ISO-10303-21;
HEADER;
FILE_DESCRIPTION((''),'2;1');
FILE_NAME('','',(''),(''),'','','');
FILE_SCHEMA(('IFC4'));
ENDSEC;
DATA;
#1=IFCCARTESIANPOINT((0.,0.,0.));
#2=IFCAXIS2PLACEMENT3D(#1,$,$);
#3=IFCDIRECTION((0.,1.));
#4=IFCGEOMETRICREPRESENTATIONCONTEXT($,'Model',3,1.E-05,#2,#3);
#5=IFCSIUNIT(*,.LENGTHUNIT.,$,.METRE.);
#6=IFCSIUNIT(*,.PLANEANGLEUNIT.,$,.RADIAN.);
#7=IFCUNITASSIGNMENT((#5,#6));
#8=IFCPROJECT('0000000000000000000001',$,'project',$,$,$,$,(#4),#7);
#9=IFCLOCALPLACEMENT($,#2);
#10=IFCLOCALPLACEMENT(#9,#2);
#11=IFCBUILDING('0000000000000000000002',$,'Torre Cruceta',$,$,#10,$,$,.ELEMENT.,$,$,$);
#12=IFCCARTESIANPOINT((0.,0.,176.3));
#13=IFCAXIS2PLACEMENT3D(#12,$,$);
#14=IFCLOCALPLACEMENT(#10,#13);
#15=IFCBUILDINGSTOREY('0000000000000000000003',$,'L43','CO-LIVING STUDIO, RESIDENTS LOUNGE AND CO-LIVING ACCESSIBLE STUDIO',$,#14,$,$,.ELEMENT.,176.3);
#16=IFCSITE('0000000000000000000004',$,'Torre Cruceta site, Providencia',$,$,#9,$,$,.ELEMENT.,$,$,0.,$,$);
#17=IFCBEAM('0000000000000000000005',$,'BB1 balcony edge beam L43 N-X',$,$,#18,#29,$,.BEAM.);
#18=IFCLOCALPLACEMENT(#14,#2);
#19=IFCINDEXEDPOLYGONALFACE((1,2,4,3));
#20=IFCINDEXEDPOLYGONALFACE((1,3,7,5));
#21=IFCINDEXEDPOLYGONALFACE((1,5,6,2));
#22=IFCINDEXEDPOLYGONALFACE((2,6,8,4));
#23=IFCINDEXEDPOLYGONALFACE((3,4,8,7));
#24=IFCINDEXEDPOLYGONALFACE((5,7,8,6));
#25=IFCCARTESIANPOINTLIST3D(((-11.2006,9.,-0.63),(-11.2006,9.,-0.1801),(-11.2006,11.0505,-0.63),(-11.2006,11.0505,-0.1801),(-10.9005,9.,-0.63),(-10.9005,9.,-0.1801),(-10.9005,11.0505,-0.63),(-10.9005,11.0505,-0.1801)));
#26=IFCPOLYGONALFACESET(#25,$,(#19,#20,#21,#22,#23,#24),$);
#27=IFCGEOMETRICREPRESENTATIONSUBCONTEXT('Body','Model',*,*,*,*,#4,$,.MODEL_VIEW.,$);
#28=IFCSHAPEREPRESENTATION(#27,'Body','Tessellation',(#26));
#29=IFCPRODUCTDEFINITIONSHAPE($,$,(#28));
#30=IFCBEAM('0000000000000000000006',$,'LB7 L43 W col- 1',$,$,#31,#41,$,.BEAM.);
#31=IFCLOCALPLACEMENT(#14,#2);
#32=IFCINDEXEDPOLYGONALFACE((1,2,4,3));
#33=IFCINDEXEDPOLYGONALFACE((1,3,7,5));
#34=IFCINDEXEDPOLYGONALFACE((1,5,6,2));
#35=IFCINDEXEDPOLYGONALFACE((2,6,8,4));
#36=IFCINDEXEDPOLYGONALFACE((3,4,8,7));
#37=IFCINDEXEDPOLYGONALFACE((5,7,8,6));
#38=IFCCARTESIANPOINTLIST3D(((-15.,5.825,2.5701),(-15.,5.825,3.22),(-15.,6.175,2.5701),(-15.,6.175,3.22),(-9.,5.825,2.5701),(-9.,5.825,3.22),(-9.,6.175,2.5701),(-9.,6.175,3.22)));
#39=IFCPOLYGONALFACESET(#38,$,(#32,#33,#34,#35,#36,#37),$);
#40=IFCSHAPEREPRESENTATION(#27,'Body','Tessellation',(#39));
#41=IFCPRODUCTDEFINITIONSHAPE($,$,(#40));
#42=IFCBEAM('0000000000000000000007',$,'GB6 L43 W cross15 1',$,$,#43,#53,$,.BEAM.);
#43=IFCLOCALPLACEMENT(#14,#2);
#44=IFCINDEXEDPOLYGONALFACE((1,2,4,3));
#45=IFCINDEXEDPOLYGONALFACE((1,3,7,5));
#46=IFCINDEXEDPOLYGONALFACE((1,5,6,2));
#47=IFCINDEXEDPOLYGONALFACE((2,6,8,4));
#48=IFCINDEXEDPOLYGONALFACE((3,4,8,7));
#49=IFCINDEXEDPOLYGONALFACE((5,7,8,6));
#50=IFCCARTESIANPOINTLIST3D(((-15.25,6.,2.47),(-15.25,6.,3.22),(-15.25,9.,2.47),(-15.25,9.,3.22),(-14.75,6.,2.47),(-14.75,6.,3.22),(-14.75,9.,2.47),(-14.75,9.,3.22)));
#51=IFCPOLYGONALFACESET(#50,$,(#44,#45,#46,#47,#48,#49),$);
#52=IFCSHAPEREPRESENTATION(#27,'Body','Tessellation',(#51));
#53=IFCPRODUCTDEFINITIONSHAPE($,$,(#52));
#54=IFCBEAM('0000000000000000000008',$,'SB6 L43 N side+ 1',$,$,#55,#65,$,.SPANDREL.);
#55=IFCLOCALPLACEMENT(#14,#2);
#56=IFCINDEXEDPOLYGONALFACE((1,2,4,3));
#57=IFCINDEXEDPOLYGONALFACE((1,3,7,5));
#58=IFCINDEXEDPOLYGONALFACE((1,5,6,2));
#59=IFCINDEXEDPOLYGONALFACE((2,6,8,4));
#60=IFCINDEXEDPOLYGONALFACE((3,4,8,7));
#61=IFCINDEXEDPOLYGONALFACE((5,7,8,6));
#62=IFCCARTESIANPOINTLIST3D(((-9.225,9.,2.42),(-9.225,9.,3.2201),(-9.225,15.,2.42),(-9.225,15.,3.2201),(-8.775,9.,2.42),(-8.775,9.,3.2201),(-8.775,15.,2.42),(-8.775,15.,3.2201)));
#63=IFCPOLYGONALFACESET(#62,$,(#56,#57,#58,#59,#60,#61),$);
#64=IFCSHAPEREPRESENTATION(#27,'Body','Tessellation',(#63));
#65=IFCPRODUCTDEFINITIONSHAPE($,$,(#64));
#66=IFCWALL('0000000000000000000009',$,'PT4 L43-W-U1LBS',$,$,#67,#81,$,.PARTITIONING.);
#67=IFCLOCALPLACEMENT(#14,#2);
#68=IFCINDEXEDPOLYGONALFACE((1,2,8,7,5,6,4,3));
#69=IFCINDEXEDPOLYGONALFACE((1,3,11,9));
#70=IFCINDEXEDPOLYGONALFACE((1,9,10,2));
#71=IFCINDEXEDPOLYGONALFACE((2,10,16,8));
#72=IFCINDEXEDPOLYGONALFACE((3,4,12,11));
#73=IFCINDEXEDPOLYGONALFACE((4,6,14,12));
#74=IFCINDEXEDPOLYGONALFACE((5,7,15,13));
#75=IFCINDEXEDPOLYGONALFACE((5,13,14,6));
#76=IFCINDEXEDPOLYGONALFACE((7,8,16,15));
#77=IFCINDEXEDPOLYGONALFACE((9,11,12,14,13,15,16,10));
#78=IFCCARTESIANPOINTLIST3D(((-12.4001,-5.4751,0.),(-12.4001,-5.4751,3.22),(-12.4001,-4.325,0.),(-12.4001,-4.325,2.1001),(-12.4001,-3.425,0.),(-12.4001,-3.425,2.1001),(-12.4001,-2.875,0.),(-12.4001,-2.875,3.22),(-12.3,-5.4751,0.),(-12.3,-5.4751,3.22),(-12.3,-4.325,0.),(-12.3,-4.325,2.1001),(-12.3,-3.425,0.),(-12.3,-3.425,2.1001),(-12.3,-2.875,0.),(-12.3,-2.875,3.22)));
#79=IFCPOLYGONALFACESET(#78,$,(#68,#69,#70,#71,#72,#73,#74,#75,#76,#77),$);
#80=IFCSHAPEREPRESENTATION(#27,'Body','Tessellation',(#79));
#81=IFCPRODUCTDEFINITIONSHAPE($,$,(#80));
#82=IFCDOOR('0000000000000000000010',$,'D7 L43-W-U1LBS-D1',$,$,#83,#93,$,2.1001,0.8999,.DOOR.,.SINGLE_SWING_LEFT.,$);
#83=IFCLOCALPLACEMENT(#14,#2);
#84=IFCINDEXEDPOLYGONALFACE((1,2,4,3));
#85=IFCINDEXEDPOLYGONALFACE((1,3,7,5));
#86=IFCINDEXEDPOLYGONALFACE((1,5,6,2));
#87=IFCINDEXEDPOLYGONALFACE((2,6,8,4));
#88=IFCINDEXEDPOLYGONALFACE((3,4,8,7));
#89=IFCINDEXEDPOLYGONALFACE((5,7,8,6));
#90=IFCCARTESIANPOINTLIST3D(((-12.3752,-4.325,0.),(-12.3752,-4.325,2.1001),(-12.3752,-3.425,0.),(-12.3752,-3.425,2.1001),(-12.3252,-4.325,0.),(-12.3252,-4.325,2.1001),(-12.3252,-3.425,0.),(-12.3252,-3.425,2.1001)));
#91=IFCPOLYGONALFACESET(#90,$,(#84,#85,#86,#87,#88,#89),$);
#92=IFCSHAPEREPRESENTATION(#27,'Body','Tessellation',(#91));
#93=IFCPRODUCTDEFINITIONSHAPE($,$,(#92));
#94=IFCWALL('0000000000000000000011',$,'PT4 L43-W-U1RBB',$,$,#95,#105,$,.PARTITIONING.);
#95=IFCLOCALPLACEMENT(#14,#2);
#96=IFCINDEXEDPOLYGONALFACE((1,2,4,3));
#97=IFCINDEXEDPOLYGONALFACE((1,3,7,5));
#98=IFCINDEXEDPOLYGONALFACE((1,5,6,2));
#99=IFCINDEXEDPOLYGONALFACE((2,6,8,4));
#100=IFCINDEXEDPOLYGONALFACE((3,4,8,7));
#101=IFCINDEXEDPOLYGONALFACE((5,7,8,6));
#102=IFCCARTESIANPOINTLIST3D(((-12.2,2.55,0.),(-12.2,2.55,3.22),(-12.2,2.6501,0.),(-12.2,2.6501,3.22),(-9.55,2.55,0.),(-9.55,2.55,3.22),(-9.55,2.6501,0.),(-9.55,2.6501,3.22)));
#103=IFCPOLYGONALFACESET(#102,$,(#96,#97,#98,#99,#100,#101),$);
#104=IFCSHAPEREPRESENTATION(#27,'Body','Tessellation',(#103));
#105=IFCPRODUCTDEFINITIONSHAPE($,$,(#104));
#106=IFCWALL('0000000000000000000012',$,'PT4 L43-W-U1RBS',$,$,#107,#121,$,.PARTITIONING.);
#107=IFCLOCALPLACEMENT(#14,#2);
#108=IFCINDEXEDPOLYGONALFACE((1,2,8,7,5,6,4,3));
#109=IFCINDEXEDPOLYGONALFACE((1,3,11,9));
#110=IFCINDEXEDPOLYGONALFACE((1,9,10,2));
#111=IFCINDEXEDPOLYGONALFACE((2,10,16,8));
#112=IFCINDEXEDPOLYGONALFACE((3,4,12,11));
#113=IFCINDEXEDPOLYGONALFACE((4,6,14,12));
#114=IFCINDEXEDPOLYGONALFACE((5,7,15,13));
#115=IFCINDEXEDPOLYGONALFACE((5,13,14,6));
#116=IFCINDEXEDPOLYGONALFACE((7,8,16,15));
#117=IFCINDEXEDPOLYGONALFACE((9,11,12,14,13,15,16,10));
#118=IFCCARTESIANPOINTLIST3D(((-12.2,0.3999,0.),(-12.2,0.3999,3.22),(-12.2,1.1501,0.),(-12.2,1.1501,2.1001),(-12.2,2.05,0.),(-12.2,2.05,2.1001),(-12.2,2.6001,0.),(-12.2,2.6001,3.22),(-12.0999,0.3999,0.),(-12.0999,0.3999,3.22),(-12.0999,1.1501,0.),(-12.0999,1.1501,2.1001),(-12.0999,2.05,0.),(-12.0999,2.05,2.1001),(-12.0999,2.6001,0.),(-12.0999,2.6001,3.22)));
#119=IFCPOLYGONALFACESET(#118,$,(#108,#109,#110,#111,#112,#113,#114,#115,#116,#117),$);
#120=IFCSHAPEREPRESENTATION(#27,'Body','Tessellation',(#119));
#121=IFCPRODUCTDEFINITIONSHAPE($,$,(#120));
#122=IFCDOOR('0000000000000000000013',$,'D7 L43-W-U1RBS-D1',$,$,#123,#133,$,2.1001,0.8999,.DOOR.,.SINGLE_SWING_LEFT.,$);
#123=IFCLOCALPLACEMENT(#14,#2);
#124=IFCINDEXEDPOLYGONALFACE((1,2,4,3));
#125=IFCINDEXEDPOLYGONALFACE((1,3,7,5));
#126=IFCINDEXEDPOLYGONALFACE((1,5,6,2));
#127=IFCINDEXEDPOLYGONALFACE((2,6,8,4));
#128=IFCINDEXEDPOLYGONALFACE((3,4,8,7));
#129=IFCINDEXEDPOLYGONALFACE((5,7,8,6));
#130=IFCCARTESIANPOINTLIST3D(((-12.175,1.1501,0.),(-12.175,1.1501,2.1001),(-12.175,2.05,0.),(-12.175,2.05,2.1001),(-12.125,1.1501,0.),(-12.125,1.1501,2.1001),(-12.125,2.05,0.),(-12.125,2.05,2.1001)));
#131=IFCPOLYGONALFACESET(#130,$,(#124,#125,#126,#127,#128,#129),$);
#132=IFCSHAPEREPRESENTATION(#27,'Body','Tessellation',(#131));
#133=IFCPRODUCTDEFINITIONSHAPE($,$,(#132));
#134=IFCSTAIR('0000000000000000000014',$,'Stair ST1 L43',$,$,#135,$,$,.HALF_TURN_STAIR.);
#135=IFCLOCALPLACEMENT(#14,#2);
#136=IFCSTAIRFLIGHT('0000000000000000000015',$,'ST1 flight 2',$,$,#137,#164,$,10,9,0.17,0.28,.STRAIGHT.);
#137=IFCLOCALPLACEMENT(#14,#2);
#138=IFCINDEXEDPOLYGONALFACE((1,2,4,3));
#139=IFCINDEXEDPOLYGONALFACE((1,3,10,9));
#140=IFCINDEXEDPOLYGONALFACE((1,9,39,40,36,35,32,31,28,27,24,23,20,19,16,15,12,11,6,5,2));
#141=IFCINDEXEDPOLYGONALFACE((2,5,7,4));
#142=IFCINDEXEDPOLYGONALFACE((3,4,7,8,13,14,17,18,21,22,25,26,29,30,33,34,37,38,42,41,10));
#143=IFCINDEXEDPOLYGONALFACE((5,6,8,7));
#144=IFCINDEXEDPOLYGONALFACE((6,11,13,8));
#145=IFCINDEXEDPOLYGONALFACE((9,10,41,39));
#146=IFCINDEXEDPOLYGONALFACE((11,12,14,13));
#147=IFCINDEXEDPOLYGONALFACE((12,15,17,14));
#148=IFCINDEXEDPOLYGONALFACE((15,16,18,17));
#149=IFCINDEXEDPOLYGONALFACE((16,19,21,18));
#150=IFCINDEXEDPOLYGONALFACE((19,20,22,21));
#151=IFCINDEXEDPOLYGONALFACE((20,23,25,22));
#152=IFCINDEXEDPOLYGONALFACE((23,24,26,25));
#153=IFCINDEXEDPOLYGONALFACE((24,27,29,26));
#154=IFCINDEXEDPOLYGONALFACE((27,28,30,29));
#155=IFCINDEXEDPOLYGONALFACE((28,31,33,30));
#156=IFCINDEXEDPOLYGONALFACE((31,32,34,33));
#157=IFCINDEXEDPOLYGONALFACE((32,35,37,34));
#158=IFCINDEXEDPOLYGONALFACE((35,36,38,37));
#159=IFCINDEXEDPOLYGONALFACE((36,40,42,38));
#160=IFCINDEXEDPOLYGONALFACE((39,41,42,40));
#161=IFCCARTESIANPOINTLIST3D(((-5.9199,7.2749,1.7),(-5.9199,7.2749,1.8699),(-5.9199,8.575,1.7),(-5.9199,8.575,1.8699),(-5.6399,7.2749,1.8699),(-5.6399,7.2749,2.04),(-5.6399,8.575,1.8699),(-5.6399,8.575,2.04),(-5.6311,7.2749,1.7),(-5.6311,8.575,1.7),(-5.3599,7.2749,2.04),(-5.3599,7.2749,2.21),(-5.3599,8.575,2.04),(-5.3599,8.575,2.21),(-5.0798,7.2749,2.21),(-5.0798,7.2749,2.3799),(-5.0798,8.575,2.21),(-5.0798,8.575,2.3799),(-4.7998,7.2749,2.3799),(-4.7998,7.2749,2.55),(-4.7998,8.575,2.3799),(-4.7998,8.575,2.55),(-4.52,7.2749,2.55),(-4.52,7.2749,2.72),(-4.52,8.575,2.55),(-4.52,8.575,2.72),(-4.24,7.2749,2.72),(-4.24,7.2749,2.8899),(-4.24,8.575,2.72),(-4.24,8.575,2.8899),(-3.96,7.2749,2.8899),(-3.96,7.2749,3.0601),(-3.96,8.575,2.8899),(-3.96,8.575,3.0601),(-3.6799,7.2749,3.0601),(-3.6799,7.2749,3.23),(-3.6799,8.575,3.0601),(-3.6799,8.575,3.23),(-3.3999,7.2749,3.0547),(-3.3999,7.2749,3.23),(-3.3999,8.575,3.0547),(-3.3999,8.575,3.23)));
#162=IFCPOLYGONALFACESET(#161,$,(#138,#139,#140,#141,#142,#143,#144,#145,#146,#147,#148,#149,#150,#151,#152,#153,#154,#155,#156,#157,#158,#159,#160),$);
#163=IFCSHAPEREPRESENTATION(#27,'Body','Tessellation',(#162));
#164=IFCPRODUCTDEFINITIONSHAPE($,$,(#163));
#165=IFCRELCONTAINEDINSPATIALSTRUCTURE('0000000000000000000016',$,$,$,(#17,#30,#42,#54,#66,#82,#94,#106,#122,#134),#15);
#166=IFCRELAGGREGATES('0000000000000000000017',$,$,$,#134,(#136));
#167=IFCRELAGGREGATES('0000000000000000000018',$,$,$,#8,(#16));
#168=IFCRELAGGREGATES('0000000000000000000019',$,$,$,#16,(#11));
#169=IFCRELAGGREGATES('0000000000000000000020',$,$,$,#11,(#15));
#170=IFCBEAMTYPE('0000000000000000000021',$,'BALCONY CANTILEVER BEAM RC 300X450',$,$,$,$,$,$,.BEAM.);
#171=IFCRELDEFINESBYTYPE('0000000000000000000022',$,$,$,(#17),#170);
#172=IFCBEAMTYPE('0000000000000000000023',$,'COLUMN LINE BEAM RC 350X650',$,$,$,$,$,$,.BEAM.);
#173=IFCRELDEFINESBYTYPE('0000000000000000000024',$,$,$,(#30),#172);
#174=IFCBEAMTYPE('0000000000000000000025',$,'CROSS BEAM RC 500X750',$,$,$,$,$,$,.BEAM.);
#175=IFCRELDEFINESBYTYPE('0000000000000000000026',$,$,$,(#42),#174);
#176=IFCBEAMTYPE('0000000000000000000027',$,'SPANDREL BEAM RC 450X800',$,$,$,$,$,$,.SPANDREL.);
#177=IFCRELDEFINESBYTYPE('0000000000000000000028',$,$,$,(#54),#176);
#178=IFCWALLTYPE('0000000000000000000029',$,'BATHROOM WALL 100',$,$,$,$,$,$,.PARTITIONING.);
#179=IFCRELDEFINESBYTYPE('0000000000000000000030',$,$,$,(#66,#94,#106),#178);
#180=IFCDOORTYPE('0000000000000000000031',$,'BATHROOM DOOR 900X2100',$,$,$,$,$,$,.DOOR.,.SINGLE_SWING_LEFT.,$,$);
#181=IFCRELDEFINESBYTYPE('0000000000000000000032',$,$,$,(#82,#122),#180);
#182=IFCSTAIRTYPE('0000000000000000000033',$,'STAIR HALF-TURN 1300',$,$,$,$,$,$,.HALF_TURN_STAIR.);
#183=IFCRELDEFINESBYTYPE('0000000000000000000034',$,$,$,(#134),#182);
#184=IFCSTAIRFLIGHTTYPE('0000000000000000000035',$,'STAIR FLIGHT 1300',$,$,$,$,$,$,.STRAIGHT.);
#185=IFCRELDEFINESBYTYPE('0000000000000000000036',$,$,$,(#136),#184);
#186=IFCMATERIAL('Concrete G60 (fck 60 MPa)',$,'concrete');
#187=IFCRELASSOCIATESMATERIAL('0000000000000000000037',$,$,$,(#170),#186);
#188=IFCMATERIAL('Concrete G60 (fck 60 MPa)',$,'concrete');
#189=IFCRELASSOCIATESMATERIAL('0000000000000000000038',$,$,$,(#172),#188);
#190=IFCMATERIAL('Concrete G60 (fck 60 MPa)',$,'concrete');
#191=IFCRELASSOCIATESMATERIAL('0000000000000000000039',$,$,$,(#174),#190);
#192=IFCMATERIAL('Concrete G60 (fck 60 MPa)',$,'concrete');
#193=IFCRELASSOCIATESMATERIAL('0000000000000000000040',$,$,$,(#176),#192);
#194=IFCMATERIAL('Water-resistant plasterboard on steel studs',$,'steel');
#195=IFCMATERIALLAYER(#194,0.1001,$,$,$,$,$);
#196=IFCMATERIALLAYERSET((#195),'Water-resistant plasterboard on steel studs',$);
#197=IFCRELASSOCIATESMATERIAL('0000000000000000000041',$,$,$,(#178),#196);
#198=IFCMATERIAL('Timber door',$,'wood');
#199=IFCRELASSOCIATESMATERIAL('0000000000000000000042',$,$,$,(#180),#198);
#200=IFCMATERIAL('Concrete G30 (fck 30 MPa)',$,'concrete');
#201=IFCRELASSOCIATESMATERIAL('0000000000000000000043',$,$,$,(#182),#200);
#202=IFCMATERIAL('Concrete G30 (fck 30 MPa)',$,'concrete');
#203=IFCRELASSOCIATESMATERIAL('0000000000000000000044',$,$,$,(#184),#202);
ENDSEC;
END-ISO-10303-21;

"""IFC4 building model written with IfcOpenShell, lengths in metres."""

from ifc_helpers import new_model, si_unit, direction, frame, frame_2d, origin, origin_2d, place, context, subcontext, project, spatial, polyline, rectangle, outline, extrude, material, layer, layer_set, material_profile, profile_set, type_object, element, fill, aggregate, save


model = new_model("IFC4")

# Units and contexts
model_context = context("Model", 3, precision=1e-05, world=origin(), true_north=direction((0.0, 1.0)))
body_context = subcontext(model_context, "Body", "Model", "MODEL_VIEW")
ifc_project = project(units=[si_unit("LENGTHUNIT", "METRE"), si_unit("PLANEANGLEUNIT", "RADIAN")], contexts=[model_context])

# Site, building, storey
site_placement = place(None, origin())
site = spatial("IfcSite", under=ifc_project, at=site_placement, Name="Torre Cruceta site, Providencia", CompositionType="ELEMENT", RefElevation=0.0)
building_placement = place(site_placement, origin())
building = spatial("IfcBuilding", under=site, at=building_placement, Name="Torre Cruceta", CompositionType="ELEMENT")
storey_placement = place(building_placement, frame((0.0, 0.0, 176.3)))
storey = spatial("IfcBuildingStorey", under=building, at=storey_placement, Name="L43", Description="CO-LIVING STUDIO, RESIDENTS LOUNGE AND CO-LIVING ACCESSIBLE STUDIO", CompositionType="ELEMENT", Elevation=176.3)

# Beams
ifc_material_1 = material(Name="Concrete G60 (fck 60 MPa)", Category="concrete")
ifc_material_profile_1 = material_profile(ifc_material_1, rectangle(XDim=0.3, YDim=0.45, at=origin_2d()), Name="RC 300X450")
ifc_profile_set_1 = profile_set([ifc_material_profile_1], Name="Concrete G60 (fck 60 MPa)")
beam_type_1 = type_object("IfcBeamType", Name="BALCONY CANTILEVER BEAM RC 300X450", PredefinedType="BEAM", material=ifc_profile_set_1)
beam_1_placement = place(storey_placement, frame((-11.0505, 9.0, -0.405), z_axis=(0.0, 1.0, 0.0), x_axis=(-1.0, 0.0, 0.0)))
element("IfcBeam", 1, at=beam_1_placement, inside=storey, type_object=beam_type_1, Name="BB1 balcony edge beam L43 N-X", PredefinedType="BEAM", context=body_context, shape_type="SweptSolid", body=[
    extrude(rectangle(XDim=0.3, YDim=0.45, at=origin_2d()), origin(), (0.0, 0.0, 1.0), 2.0505),
])
ifc_material_2 = material(Name="Concrete G60 (fck 60 MPa)", Category="concrete")
ifc_material_profile_2 = material_profile(ifc_material_2, rectangle(XDim=0.3501, YDim=0.6499, at=origin_2d()), Name="RC 350X650")
ifc_profile_set_2 = profile_set([ifc_material_profile_2], Name="Concrete G60 (fck 60 MPa)")
beam_type_2 = type_object("IfcBeamType", Name="COLUMN LINE BEAM RC 350X650", PredefinedType="BEAM", material=ifc_profile_set_2)
beam_2_placement = place(storey_placement, frame((-9.0, 6.0, 2.895), z_axis=(-1.0, 0.0, 0.0), x_axis=(0.0, -1.0, 0.0)))
element("IfcBeam", 2, at=beam_2_placement, inside=storey, type_object=beam_type_2, Name="LB7 L43 W col- 1", PredefinedType="BEAM", context=body_context, shape_type="SweptSolid", body=[
    extrude(rectangle(XDim=0.3501, YDim=0.6499, at=origin_2d()), origin(), (0.0, 0.0, 1.0), 6.0),
])
ifc_material_3 = material(Name="Concrete G60 (fck 60 MPa)", Category="concrete")
ifc_material_profile_3 = material_profile(ifc_material_3, rectangle(XDim=0.5, YDim=0.75, at=origin_2d()), Name="RC 500X750")
ifc_profile_set_3 = profile_set([ifc_material_profile_3], Name="Concrete G60 (fck 60 MPa)")
beam_type_3 = type_object("IfcBeamType", Name="CROSS BEAM RC 500X750", PredefinedType="BEAM", material=ifc_profile_set_3)
beam_3_placement = place(storey_placement, frame((-15.0, 9.0, 2.845), z_axis=(0.0, -1.0, 0.0), x_axis=(1.0, 0.0, 0.0)))
element("IfcBeam", 3, at=beam_3_placement, inside=storey, type_object=beam_type_3, Name="GB6 L43 W cross15 1", PredefinedType="BEAM", context=body_context, shape_type="SweptSolid", body=[
    extrude(rectangle(XDim=0.5, YDim=0.75, at=origin_2d()), origin(), (0.0, 0.0, 1.0), 3.0),
])
ifc_material_4 = material(Name="Concrete G60 (fck 60 MPa)", Category="concrete")
ifc_material_profile_4 = material_profile(ifc_material_4, rectangle(XDim=0.45, YDim=0.8, at=origin_2d()), Name="RC 450X800")
ifc_profile_set_4 = profile_set([ifc_material_profile_4], Name="Concrete G60 (fck 60 MPa)")
beam_type_4 = type_object("IfcBeamType", Name="SPANDREL BEAM RC 450X800", PredefinedType="SPANDREL", material=ifc_profile_set_4)
beam_4_placement = place(storey_placement, frame((-9.0, 9.0, 2.8201), z_axis=(0.0, 1.0, 0.0), x_axis=(-1.0, 0.0, 0.0)))
element("IfcBeam", 4, at=beam_4_placement, inside=storey, type_object=beam_type_4, Name="SB6 L43 N side+ 1", PredefinedType="SPANDREL", context=body_context, shape_type="SweptSolid", body=[
    extrude(rectangle(XDim=0.45, YDim=0.8, at=origin_2d()), origin(), (0.0, 0.0, 1.0), 6.0),
])

# Wall, opening, door
ifc_material_5 = material(Name="Water-resistant plasterboard on steel studs", Category="steel")
ifc_layer_1 = layer(ifc_material_5, 0.1001)
ifc_layer_set_1 = layer_set([ifc_layer_1], Name="Water-resistant plasterboard on steel studs")
wall_type_1 = type_object("IfcWallType", Name="BATHROOM WALL 100", PredefinedType="PARTITIONING", material=ifc_layer_set_1)
wall_1_placement = place(storey_placement, frame((-12.3501, -2.875, 0.0), z_axis=(0.0, 0.0, 1.0), x_axis=(0.0, -1.0, 0.0)))
wall_1 = element("IfcWall", 5, at=wall_1_placement, inside=storey, type_object=wall_type_1, Name="PT4 L43-W-U1LBS", PredefinedType="PARTITIONING", context=body_context, shape_type="SweptSolid", body=[
    extrude(rectangle(XDim=2.6001, YDim=0.1001, at=frame_2d((1.3, 0.0))), origin(), (0.0, 0.0, 1.0), 3.22),
])
opening_1_placement = place(wall_1_placement, frame((0.55, 0.0, 0.0)))
opening_1 = element("IfcOpeningElement", 6, at=opening_1_placement, cuts=wall_1, PredefinedType="OPENING", context=body_context, shape_type="SweptSolid", body=[
    extrude(rectangle(XDim=0.8999, YDim=2.1001, at=frame_2d((0.45, 1.05))), frame((0.0, 0.0601, 0.0), z_axis=(0.0, -1.0, 0.0), x_axis=(1.0, 0.0, 0.0)), (0.0, 0.0, 1.0), 0.1201),
])
ifc_material_6 = material(Name="Timber door", Category="wood")
door_type_1 = type_object("IfcDoorType", Name="BATHROOM DOOR 900X2100", OperationType="SINGLE_SWING_LEFT", PredefinedType="DOOR", material=ifc_material_6)
door_1_placement = place(opening_1_placement, origin())
door_1 = element("IfcDoor", 7, at=door_1_placement, inside=storey, type_object=door_type_1, Name="D7 L43-W-U1LBS-D1", OperationType="SINGLE_SWING_LEFT", OverallHeight=2.1001, OverallWidth=0.8999, PredefinedType="DOOR", context=body_context, shape_type="SweptSolid", body=[
    extrude(rectangle(XDim=0.8999, YDim=2.1001, at=frame_2d((0.45, 1.05))), frame((0.0, 0.0249, 0.0), z_axis=(0.0, -1.0, 0.0), x_axis=(1.0, 0.0, 0.0)), (0.0, 0.0, 1.0), 0.05),
])
fill(opening_1, door_1)

# Wall
wall_2_placement = place(storey_placement, frame((-9.55, 2.6001, 0.0), z_axis=(0.0, 0.0, 1.0), x_axis=(-1.0, 0.0, 0.0)))
element("IfcWall", 8, at=wall_2_placement, inside=storey, type_object=wall_type_1, Name="PT4 L43-W-U1RBB", PredefinedType="PARTITIONING", context=body_context, shape_type="SweptSolid", body=[
    extrude(rectangle(XDim=2.6499, YDim=0.1001, at=frame_2d((1.325, 0.0))), origin(), (0.0, 0.0, 1.0), 3.22),
])

# Wall, opening, door
wall_3_placement = place(storey_placement, frame((-12.1499, 2.6001, 0.0), z_axis=(0.0, 0.0, 1.0), x_axis=(0.0, -1.0, 0.0)))
wall_3 = element("IfcWall", 9, at=wall_3_placement, inside=storey, type_object=wall_type_1, Name="PT4 L43-W-U1RBS", PredefinedType="PARTITIONING", context=body_context, shape_type="SweptSolid", body=[
    extrude(rectangle(XDim=2.2002, YDim=0.1001, at=frame_2d((1.1001, 0.0))), origin(), (0.0, 0.0, 1.0), 3.22),
])
opening_2_placement = place(wall_3_placement, frame((0.55, 0.0, 0.0)))
opening_2 = element("IfcOpeningElement", 10, at=opening_2_placement, cuts=wall_3, PredefinedType="OPENING", context=body_context, shape_type="SweptSolid", body=[
    extrude(rectangle(XDim=0.8999, YDim=2.1001, at=frame_2d((0.45, 1.05))), frame((0.0, 0.0601, 0.0), z_axis=(0.0, -1.0, 0.0), x_axis=(1.0, 0.0, 0.0)), (0.0, 0.0, 1.0), 0.1201),
])
door_2_placement = place(opening_2_placement, origin())
door_2 = element("IfcDoor", 11, at=door_2_placement, inside=storey, type_object=door_type_1, Name="D7 L43-W-U1RBS-D1", OperationType="SINGLE_SWING_LEFT", OverallHeight=2.1001, OverallWidth=0.8999, PredefinedType="DOOR", context=body_context, shape_type="SweptSolid", body=[
    extrude(rectangle(XDim=0.8999, YDim=2.1001, at=frame_2d((0.45, 1.05))), frame((0.0, 0.0249, 0.0), z_axis=(0.0, -1.0, 0.0), x_axis=(1.0, 0.0, 0.0)), (0.0, 0.0, 1.0), 0.05),
])
fill(opening_2, door_2)

# Stair, stair flight
ifc_material_7 = material(Name="Concrete G30 (fck 30 MPa)", Category="concrete")
stair_type = type_object("IfcStairType", Name="STAIR HALF-TURN 1300", PredefinedType="HALF_TURN_STAIR", material=ifc_material_7)
stair_placement = place(storey_placement, origin())
stair = element("IfcStair", 12, at=stair_placement, inside=storey, type_object=stair_type, Name="Stair ST1 L43", PredefinedType="HALF_TURN_STAIR")
ifc_material_8 = material(Name="Concrete G30 (fck 30 MPa)", Category="concrete")
stair_flight_type = type_object("IfcStairFlightType", Name="STAIR FLIGHT 1300", PredefinedType="STRAIGHT", material=ifc_material_8)
stair_flight_placement = place(storey_placement, frame((-5.9199, 7.925, 1.7), z_axis=(0.0, 0.0, 1.0), x_axis=(1.0, 0.0, 0.0)))
stair_flight = element("IfcStairFlight", 13, at=stair_flight_placement, type_object=stair_flight_type, Name="ST1 flight 2", NumberOfRisers=10, NumberOfTreads=9, PredefinedType="STRAIGHT", RiserHeight=0.17, TreadLength=0.28, context=body_context, shape_type="SweptSolid", body=[
    extrude(outline(polyline([(0.0, 0.0), (0.0, 0.1699), (0.28, 0.1699), (0.28, 0.3401), (0.5601, 0.3401), (0.5601, 0.51), (0.8401, 0.51), (0.8401, 0.6799), (1.1201, 0.6799), (1.1201, 0.8501), (1.3999, 0.8501), (1.3999, 1.02), (1.6799, 1.02), (1.6799, 1.1899), (1.96, 1.1899), (1.96, 1.3601), (2.24, 1.3601), (2.24, 1.53), (2.52, 1.53), (2.52, 1.7), (2.52, 1.3547), (0.2888, 0.0), (0.0, 0.0)])), frame((0.0, 0.6499, 0.0), z_axis=(0.0, -1.0, 0.0), x_axis=(1.0, 0.0, 0.0)), (0.0, 0.0, 1.0), 1.3),
])
aggregate(stair, [stair_flight])

save(model, "model.ifc")
